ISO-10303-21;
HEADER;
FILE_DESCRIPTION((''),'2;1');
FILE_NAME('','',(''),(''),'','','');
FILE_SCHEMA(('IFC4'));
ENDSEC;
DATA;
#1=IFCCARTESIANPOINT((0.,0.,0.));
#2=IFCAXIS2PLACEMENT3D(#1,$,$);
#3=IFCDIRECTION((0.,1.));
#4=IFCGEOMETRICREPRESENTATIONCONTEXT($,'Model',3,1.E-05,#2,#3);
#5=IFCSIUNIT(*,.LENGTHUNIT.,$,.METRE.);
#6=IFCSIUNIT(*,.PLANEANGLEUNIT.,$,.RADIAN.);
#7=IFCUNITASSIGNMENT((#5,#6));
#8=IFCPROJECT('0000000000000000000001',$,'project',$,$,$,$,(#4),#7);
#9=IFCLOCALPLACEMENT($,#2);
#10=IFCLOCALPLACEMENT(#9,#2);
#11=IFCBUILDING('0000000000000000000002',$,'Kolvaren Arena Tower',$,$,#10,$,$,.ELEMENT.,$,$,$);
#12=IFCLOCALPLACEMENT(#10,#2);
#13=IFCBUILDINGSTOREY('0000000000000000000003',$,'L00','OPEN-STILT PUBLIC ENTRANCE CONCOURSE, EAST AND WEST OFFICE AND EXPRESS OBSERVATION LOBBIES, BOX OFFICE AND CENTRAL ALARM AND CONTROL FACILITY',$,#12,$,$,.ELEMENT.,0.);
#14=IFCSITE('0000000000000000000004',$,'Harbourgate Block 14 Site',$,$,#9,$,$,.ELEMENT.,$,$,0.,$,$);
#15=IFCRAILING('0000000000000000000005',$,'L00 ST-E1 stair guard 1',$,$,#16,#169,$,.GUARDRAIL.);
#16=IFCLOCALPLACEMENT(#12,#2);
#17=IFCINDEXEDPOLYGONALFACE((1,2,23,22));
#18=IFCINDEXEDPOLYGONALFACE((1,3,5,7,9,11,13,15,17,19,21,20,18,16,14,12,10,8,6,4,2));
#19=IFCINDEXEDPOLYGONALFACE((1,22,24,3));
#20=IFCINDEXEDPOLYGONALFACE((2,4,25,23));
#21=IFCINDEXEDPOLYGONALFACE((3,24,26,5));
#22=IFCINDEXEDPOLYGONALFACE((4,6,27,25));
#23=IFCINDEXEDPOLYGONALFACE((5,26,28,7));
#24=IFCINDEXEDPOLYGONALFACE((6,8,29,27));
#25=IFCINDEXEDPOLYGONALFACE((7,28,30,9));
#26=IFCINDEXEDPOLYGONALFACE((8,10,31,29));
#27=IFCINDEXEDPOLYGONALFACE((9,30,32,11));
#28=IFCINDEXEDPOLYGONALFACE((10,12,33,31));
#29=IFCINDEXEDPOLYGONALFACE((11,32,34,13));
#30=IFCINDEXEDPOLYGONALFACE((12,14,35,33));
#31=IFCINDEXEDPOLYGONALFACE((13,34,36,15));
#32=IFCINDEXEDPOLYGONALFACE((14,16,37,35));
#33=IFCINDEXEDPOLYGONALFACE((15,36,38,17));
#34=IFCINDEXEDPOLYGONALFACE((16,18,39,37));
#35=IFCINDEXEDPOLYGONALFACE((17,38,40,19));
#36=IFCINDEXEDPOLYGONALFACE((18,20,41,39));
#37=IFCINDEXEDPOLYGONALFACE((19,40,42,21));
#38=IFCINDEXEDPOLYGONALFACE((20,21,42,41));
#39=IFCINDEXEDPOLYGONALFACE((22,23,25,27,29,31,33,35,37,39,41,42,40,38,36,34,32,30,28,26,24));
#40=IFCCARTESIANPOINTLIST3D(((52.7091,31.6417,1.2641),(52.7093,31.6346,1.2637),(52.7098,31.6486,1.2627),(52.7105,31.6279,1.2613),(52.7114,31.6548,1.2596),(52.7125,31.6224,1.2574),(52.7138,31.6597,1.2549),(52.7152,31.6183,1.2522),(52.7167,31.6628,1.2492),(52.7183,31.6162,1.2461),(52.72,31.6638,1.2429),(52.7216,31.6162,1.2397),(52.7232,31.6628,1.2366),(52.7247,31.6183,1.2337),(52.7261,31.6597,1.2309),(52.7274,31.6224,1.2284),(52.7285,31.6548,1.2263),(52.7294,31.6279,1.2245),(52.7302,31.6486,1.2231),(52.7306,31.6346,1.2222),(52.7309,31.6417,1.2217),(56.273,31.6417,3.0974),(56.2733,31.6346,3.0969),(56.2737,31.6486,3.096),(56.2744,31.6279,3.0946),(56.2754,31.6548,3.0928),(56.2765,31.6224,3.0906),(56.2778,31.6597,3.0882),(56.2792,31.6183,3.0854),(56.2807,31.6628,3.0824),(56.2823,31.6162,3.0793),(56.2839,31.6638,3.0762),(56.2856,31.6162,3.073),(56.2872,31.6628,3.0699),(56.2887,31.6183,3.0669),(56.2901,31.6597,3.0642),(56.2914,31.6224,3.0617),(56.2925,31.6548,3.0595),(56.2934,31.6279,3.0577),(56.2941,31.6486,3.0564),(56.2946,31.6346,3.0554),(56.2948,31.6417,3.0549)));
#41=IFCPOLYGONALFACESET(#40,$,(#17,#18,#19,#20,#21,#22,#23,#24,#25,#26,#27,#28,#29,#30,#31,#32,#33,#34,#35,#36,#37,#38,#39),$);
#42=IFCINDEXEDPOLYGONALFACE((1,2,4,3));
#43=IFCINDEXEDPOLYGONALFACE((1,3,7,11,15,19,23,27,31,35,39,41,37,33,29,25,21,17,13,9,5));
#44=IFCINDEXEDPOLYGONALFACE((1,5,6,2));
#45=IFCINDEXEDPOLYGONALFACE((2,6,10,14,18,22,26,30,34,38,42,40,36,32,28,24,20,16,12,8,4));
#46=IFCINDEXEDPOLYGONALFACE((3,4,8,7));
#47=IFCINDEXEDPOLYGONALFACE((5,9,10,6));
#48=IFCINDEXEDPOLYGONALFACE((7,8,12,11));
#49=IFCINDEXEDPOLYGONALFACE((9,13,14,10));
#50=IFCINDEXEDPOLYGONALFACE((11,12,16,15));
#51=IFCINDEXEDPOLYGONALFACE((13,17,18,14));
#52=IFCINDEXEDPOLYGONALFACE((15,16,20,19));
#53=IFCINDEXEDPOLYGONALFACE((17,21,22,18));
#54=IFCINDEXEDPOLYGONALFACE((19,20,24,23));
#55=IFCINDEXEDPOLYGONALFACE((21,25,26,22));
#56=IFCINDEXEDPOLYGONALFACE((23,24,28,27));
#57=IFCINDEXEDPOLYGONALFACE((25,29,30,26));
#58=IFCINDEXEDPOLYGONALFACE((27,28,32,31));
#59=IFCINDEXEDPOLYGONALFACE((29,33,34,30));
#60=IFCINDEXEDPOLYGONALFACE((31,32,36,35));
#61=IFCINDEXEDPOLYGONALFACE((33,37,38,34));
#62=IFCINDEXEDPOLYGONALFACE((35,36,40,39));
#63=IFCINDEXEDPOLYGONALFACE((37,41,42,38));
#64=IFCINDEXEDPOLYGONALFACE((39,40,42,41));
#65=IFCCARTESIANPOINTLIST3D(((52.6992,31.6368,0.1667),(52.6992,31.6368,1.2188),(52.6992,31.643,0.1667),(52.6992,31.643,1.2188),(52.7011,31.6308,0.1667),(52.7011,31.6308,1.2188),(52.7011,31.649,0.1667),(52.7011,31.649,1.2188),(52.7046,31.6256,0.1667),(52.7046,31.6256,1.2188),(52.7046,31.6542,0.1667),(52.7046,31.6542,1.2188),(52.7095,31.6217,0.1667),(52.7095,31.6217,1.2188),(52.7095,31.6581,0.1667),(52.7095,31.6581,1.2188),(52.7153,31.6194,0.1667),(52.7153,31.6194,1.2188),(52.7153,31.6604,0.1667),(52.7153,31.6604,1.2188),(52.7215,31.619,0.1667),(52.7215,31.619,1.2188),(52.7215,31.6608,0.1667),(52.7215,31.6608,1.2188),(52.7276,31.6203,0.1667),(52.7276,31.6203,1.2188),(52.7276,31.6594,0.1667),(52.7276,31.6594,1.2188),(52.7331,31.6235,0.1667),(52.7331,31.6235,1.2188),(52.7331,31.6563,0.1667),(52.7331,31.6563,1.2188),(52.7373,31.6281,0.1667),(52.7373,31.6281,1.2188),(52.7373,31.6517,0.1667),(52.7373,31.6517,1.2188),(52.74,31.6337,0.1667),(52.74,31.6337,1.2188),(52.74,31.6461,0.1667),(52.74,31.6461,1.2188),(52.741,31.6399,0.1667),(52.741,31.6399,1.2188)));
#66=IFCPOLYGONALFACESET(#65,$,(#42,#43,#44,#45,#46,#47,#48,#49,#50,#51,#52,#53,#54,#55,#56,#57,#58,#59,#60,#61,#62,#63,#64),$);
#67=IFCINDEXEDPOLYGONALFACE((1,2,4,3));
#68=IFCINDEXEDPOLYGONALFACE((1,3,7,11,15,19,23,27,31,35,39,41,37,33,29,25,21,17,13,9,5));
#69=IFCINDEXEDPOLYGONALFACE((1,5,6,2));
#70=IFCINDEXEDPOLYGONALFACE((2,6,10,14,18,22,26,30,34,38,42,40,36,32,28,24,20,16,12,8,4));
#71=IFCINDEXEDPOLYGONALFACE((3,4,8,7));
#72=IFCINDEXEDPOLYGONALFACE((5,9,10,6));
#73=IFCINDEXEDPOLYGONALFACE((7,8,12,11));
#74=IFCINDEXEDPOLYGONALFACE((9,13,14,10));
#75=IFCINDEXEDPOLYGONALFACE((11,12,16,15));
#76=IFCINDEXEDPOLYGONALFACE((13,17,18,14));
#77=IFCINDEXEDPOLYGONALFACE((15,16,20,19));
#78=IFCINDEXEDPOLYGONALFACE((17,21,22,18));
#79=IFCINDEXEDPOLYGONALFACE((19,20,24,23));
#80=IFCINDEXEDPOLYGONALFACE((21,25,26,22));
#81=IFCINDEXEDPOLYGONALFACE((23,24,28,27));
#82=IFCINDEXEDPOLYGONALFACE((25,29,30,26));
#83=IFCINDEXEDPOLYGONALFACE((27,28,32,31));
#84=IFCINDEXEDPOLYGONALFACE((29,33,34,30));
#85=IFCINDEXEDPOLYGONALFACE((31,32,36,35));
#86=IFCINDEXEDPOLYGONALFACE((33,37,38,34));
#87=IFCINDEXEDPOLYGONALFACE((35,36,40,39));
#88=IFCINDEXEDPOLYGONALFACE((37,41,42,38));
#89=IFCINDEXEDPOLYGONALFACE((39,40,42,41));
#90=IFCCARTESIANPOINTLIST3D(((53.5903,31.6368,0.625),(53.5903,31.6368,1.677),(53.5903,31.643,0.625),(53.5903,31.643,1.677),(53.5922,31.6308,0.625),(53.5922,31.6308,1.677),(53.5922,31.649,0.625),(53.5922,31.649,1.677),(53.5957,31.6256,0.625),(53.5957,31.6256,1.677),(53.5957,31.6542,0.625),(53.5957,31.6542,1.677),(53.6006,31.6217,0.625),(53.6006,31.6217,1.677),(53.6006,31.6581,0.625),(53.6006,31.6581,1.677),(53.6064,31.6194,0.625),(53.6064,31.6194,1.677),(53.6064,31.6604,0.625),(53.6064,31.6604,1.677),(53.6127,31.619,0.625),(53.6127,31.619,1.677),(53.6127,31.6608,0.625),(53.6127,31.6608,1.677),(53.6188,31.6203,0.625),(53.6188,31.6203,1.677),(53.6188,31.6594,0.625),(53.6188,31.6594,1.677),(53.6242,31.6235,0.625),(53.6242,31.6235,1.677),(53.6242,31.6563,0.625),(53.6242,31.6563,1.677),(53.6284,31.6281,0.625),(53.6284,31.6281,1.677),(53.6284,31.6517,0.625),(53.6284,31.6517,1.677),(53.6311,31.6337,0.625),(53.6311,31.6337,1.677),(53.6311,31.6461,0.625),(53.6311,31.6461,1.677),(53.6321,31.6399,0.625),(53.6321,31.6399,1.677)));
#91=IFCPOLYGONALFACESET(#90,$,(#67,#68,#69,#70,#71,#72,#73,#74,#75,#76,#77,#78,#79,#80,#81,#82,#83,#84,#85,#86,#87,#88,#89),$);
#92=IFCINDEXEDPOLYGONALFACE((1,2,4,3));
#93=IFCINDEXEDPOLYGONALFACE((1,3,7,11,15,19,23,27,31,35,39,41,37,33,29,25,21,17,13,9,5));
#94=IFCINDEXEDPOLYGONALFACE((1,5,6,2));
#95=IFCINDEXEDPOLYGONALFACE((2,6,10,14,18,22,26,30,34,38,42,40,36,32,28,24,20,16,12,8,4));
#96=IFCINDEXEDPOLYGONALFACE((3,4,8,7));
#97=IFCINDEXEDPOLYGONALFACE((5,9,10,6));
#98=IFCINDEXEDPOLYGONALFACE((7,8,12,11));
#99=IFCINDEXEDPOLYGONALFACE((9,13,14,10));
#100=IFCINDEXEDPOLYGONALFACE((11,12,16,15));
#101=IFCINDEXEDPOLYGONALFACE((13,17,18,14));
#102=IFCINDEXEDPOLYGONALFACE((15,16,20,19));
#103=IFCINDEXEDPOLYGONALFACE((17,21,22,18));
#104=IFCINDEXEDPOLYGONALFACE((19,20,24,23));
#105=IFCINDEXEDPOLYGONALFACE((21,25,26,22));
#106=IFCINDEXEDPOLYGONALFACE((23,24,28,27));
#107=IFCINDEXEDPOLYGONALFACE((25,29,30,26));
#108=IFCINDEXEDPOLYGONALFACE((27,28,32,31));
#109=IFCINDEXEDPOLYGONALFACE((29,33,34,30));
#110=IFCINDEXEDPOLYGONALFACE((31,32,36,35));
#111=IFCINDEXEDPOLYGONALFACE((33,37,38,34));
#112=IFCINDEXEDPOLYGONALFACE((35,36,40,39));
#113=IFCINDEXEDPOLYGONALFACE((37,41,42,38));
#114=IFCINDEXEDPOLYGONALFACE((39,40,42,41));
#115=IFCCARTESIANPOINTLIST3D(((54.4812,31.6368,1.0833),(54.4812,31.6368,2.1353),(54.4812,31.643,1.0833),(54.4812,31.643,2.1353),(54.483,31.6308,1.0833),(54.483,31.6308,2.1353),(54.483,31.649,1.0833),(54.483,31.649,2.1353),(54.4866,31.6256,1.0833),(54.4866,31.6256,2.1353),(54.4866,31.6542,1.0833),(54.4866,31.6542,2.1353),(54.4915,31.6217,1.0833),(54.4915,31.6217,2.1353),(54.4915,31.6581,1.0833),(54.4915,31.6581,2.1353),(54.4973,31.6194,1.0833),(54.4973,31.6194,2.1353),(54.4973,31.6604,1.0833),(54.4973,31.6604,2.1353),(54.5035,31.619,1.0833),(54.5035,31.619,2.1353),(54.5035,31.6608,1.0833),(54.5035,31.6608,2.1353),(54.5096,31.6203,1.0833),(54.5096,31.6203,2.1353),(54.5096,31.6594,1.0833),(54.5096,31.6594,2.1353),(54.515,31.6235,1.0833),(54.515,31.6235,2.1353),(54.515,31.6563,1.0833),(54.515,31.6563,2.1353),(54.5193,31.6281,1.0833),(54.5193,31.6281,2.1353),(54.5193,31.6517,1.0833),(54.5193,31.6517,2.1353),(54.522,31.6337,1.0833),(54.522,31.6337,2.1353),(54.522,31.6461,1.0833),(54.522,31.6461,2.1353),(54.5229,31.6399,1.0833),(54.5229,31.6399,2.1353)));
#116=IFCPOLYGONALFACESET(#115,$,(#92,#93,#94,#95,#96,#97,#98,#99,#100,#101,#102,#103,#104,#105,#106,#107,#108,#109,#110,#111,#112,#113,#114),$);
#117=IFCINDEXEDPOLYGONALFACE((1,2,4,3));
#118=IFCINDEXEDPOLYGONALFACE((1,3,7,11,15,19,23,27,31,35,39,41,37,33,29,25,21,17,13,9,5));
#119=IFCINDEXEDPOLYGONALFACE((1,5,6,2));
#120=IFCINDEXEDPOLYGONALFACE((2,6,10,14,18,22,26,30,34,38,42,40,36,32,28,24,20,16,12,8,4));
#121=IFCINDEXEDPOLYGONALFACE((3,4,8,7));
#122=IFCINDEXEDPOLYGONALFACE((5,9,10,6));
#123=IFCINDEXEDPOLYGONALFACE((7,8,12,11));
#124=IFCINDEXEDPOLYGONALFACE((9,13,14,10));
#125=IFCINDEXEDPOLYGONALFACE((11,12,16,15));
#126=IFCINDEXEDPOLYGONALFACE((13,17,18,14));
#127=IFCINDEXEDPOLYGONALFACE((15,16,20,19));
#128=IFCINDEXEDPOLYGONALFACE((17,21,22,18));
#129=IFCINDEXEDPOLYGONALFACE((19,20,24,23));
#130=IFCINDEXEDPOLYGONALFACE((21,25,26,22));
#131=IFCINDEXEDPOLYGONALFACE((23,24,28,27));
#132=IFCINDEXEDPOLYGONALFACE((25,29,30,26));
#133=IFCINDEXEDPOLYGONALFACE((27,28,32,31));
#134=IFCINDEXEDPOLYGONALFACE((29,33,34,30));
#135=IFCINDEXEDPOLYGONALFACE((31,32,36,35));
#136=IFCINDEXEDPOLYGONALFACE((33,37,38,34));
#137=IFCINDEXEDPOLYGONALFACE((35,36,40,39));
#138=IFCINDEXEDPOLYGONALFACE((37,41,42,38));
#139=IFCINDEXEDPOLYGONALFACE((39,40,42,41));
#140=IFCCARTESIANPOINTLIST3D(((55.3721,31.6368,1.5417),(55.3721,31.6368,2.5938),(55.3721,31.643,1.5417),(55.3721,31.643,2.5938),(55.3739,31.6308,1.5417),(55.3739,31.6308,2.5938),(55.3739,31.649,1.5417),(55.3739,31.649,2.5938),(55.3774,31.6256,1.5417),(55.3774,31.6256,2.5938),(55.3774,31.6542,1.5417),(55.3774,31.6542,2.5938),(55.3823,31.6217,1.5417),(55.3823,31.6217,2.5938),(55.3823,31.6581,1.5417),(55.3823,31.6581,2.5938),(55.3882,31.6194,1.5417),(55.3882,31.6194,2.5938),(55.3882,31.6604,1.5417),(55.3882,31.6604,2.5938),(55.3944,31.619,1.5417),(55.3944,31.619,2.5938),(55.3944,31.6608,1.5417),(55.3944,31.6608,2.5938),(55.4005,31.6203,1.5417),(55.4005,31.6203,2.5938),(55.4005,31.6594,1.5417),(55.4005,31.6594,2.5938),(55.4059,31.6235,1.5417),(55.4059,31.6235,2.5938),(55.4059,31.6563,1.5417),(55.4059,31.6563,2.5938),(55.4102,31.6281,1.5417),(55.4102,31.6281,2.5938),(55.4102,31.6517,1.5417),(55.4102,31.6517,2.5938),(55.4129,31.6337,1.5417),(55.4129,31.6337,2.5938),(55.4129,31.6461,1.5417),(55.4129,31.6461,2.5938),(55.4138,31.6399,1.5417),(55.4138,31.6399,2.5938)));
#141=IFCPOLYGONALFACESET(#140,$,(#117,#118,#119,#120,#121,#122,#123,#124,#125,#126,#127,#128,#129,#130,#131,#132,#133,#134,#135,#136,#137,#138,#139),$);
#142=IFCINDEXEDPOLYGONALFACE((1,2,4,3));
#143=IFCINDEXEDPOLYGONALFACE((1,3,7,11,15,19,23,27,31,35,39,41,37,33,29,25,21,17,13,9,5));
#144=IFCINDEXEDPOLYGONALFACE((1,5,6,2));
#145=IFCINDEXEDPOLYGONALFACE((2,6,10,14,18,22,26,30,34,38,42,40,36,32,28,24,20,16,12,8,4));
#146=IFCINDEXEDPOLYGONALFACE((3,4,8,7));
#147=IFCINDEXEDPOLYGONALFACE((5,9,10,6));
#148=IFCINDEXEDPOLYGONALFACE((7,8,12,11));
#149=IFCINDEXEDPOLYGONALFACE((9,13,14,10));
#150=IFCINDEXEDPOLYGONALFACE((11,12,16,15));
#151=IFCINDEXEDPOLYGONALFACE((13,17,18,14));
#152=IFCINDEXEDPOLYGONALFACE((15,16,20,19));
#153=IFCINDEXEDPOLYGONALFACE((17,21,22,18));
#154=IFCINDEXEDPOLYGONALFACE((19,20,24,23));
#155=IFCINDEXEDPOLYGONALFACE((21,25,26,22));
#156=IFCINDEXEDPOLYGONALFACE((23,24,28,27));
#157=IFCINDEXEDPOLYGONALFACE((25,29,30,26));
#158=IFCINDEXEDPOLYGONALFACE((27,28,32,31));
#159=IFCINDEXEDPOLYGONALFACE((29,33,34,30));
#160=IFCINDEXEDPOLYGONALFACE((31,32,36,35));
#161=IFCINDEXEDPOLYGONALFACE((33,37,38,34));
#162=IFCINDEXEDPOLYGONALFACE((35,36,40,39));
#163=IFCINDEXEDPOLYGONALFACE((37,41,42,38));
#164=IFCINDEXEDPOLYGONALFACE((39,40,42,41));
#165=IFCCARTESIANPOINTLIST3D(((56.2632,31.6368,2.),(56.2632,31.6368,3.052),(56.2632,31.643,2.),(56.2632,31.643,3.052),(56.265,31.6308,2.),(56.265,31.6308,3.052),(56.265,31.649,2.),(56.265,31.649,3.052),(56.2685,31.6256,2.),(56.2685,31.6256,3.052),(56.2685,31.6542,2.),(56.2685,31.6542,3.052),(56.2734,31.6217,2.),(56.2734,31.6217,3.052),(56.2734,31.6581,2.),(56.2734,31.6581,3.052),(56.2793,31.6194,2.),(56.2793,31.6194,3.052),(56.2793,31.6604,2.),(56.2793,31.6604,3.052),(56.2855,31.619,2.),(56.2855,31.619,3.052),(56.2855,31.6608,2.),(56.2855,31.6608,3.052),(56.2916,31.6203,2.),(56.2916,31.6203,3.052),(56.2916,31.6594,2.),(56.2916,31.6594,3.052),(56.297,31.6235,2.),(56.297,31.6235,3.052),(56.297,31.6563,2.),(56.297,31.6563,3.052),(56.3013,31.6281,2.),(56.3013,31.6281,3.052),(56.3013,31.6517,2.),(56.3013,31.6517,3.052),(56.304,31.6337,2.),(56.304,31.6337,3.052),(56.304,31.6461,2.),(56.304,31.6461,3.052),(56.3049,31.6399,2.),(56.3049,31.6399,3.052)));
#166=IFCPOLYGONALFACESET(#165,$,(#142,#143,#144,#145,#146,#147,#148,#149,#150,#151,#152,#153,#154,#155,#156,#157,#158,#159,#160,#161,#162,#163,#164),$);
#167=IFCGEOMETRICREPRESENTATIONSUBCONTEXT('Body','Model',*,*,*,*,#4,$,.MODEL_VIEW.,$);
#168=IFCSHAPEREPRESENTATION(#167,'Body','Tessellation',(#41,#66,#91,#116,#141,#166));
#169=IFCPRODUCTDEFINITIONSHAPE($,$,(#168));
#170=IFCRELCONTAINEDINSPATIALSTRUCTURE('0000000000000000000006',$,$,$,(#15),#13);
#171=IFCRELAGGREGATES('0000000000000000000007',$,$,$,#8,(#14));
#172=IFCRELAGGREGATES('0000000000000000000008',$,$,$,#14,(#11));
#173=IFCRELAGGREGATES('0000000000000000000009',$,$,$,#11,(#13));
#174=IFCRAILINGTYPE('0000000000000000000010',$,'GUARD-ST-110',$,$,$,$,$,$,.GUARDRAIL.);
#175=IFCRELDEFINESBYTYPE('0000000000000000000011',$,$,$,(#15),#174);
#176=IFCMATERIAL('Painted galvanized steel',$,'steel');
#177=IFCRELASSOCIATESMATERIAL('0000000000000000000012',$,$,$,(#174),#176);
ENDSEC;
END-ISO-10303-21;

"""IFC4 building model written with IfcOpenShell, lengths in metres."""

from ifc_helpers import new_model, si_unit, direction, frame, origin, origin_2d, place, context, subcontext, project, spatial, circle, extrude, material, type_object, element, save


model = new_model("IFC4")

# Units and contexts
model_context = context("Model", 3, precision=1e-05, world=origin(), true_north=direction((0.0, 1.0)))
body_context = subcontext(model_context, "Body", "Model", "MODEL_VIEW")
ifc_project = project(units=[si_unit("LENGTHUNIT", "METRE"), si_unit("PLANEANGLEUNIT", "RADIAN")], contexts=[model_context])

# Site, building, storey
site_placement = place(None, origin())
site = spatial("IfcSite", under=ifc_project, at=site_placement, Name="Harbourgate Block 14 Site", CompositionType="ELEMENT", RefElevation=0.0)
building_placement = place(site_placement, origin())
building = spatial("IfcBuilding", under=site, at=building_placement, Name="Kolvaren Arena Tower", CompositionType="ELEMENT")
storey_placement = place(building_placement, origin())
storey = spatial("IfcBuildingStorey", under=building, at=storey_placement, Name="L00", Description="OPEN-STILT PUBLIC ENTRANCE CONCOURSE, EAST AND WEST OFFICE AND EXPRESS OBSERVATION LOBBIES, BOX OFFICE AND CENTRAL ALARM AND CONTROL FACILITY", CompositionType="ELEMENT", Elevation=0.0)

# Railing
ifc_material_1 = material(Name="Painted galvanized steel", Category="steel")
railing_type_1 = type_object("IfcRailingType", Name="GUARD-ST-110", PredefinedType="GUARDRAIL", material=ifc_material_1)
railing_1_placement = place(storey_placement, frame((52.72, 31.6399, 0.1667)))
element("IfcRailing", 1, at=railing_1_placement, inside=storey, type_object=railing_type_1, Name="L00 ST-E1 stair guard 1", PredefinedType="GUARDRAIL", context=body_context, shape_type="SweptSolid", body=[
    extrude(circle(Radius=0.0239, at=origin_2d()), frame((0.0, 0.0, 1.0762), z_axis=(0.889252, 0.0, 0.457418), x_axis=(0.0, 1.0, 0.0)), (0.0, 0.0, 1.0), 4.0078),
    extrude(circle(Radius=0.021, at=origin_2d()), origin(), (0.0, 0.0, 1.0), 1.052),
    extrude(circle(Radius=0.021, at=origin_2d()), frame((0.8911, 0.0, 0.4583)), (0.0, 0.0, 1.0), 1.052),
    extrude(circle(Radius=0.021, at=origin_2d()), frame((1.782, 0.0, 0.9165)), (0.0, 0.0, 1.0), 1.052),
    extrude(circle(Radius=0.021, at=origin_2d()), frame((2.6729, 0.0, 1.375)), (0.0, 0.0, 1.0), 1.052),
    extrude(circle(Radius=0.021, at=origin_2d()), frame((3.564, 0.0, 1.8333)), (0.0, 0.0, 1.0), 1.052),
])

save(model, "model.ifc")
